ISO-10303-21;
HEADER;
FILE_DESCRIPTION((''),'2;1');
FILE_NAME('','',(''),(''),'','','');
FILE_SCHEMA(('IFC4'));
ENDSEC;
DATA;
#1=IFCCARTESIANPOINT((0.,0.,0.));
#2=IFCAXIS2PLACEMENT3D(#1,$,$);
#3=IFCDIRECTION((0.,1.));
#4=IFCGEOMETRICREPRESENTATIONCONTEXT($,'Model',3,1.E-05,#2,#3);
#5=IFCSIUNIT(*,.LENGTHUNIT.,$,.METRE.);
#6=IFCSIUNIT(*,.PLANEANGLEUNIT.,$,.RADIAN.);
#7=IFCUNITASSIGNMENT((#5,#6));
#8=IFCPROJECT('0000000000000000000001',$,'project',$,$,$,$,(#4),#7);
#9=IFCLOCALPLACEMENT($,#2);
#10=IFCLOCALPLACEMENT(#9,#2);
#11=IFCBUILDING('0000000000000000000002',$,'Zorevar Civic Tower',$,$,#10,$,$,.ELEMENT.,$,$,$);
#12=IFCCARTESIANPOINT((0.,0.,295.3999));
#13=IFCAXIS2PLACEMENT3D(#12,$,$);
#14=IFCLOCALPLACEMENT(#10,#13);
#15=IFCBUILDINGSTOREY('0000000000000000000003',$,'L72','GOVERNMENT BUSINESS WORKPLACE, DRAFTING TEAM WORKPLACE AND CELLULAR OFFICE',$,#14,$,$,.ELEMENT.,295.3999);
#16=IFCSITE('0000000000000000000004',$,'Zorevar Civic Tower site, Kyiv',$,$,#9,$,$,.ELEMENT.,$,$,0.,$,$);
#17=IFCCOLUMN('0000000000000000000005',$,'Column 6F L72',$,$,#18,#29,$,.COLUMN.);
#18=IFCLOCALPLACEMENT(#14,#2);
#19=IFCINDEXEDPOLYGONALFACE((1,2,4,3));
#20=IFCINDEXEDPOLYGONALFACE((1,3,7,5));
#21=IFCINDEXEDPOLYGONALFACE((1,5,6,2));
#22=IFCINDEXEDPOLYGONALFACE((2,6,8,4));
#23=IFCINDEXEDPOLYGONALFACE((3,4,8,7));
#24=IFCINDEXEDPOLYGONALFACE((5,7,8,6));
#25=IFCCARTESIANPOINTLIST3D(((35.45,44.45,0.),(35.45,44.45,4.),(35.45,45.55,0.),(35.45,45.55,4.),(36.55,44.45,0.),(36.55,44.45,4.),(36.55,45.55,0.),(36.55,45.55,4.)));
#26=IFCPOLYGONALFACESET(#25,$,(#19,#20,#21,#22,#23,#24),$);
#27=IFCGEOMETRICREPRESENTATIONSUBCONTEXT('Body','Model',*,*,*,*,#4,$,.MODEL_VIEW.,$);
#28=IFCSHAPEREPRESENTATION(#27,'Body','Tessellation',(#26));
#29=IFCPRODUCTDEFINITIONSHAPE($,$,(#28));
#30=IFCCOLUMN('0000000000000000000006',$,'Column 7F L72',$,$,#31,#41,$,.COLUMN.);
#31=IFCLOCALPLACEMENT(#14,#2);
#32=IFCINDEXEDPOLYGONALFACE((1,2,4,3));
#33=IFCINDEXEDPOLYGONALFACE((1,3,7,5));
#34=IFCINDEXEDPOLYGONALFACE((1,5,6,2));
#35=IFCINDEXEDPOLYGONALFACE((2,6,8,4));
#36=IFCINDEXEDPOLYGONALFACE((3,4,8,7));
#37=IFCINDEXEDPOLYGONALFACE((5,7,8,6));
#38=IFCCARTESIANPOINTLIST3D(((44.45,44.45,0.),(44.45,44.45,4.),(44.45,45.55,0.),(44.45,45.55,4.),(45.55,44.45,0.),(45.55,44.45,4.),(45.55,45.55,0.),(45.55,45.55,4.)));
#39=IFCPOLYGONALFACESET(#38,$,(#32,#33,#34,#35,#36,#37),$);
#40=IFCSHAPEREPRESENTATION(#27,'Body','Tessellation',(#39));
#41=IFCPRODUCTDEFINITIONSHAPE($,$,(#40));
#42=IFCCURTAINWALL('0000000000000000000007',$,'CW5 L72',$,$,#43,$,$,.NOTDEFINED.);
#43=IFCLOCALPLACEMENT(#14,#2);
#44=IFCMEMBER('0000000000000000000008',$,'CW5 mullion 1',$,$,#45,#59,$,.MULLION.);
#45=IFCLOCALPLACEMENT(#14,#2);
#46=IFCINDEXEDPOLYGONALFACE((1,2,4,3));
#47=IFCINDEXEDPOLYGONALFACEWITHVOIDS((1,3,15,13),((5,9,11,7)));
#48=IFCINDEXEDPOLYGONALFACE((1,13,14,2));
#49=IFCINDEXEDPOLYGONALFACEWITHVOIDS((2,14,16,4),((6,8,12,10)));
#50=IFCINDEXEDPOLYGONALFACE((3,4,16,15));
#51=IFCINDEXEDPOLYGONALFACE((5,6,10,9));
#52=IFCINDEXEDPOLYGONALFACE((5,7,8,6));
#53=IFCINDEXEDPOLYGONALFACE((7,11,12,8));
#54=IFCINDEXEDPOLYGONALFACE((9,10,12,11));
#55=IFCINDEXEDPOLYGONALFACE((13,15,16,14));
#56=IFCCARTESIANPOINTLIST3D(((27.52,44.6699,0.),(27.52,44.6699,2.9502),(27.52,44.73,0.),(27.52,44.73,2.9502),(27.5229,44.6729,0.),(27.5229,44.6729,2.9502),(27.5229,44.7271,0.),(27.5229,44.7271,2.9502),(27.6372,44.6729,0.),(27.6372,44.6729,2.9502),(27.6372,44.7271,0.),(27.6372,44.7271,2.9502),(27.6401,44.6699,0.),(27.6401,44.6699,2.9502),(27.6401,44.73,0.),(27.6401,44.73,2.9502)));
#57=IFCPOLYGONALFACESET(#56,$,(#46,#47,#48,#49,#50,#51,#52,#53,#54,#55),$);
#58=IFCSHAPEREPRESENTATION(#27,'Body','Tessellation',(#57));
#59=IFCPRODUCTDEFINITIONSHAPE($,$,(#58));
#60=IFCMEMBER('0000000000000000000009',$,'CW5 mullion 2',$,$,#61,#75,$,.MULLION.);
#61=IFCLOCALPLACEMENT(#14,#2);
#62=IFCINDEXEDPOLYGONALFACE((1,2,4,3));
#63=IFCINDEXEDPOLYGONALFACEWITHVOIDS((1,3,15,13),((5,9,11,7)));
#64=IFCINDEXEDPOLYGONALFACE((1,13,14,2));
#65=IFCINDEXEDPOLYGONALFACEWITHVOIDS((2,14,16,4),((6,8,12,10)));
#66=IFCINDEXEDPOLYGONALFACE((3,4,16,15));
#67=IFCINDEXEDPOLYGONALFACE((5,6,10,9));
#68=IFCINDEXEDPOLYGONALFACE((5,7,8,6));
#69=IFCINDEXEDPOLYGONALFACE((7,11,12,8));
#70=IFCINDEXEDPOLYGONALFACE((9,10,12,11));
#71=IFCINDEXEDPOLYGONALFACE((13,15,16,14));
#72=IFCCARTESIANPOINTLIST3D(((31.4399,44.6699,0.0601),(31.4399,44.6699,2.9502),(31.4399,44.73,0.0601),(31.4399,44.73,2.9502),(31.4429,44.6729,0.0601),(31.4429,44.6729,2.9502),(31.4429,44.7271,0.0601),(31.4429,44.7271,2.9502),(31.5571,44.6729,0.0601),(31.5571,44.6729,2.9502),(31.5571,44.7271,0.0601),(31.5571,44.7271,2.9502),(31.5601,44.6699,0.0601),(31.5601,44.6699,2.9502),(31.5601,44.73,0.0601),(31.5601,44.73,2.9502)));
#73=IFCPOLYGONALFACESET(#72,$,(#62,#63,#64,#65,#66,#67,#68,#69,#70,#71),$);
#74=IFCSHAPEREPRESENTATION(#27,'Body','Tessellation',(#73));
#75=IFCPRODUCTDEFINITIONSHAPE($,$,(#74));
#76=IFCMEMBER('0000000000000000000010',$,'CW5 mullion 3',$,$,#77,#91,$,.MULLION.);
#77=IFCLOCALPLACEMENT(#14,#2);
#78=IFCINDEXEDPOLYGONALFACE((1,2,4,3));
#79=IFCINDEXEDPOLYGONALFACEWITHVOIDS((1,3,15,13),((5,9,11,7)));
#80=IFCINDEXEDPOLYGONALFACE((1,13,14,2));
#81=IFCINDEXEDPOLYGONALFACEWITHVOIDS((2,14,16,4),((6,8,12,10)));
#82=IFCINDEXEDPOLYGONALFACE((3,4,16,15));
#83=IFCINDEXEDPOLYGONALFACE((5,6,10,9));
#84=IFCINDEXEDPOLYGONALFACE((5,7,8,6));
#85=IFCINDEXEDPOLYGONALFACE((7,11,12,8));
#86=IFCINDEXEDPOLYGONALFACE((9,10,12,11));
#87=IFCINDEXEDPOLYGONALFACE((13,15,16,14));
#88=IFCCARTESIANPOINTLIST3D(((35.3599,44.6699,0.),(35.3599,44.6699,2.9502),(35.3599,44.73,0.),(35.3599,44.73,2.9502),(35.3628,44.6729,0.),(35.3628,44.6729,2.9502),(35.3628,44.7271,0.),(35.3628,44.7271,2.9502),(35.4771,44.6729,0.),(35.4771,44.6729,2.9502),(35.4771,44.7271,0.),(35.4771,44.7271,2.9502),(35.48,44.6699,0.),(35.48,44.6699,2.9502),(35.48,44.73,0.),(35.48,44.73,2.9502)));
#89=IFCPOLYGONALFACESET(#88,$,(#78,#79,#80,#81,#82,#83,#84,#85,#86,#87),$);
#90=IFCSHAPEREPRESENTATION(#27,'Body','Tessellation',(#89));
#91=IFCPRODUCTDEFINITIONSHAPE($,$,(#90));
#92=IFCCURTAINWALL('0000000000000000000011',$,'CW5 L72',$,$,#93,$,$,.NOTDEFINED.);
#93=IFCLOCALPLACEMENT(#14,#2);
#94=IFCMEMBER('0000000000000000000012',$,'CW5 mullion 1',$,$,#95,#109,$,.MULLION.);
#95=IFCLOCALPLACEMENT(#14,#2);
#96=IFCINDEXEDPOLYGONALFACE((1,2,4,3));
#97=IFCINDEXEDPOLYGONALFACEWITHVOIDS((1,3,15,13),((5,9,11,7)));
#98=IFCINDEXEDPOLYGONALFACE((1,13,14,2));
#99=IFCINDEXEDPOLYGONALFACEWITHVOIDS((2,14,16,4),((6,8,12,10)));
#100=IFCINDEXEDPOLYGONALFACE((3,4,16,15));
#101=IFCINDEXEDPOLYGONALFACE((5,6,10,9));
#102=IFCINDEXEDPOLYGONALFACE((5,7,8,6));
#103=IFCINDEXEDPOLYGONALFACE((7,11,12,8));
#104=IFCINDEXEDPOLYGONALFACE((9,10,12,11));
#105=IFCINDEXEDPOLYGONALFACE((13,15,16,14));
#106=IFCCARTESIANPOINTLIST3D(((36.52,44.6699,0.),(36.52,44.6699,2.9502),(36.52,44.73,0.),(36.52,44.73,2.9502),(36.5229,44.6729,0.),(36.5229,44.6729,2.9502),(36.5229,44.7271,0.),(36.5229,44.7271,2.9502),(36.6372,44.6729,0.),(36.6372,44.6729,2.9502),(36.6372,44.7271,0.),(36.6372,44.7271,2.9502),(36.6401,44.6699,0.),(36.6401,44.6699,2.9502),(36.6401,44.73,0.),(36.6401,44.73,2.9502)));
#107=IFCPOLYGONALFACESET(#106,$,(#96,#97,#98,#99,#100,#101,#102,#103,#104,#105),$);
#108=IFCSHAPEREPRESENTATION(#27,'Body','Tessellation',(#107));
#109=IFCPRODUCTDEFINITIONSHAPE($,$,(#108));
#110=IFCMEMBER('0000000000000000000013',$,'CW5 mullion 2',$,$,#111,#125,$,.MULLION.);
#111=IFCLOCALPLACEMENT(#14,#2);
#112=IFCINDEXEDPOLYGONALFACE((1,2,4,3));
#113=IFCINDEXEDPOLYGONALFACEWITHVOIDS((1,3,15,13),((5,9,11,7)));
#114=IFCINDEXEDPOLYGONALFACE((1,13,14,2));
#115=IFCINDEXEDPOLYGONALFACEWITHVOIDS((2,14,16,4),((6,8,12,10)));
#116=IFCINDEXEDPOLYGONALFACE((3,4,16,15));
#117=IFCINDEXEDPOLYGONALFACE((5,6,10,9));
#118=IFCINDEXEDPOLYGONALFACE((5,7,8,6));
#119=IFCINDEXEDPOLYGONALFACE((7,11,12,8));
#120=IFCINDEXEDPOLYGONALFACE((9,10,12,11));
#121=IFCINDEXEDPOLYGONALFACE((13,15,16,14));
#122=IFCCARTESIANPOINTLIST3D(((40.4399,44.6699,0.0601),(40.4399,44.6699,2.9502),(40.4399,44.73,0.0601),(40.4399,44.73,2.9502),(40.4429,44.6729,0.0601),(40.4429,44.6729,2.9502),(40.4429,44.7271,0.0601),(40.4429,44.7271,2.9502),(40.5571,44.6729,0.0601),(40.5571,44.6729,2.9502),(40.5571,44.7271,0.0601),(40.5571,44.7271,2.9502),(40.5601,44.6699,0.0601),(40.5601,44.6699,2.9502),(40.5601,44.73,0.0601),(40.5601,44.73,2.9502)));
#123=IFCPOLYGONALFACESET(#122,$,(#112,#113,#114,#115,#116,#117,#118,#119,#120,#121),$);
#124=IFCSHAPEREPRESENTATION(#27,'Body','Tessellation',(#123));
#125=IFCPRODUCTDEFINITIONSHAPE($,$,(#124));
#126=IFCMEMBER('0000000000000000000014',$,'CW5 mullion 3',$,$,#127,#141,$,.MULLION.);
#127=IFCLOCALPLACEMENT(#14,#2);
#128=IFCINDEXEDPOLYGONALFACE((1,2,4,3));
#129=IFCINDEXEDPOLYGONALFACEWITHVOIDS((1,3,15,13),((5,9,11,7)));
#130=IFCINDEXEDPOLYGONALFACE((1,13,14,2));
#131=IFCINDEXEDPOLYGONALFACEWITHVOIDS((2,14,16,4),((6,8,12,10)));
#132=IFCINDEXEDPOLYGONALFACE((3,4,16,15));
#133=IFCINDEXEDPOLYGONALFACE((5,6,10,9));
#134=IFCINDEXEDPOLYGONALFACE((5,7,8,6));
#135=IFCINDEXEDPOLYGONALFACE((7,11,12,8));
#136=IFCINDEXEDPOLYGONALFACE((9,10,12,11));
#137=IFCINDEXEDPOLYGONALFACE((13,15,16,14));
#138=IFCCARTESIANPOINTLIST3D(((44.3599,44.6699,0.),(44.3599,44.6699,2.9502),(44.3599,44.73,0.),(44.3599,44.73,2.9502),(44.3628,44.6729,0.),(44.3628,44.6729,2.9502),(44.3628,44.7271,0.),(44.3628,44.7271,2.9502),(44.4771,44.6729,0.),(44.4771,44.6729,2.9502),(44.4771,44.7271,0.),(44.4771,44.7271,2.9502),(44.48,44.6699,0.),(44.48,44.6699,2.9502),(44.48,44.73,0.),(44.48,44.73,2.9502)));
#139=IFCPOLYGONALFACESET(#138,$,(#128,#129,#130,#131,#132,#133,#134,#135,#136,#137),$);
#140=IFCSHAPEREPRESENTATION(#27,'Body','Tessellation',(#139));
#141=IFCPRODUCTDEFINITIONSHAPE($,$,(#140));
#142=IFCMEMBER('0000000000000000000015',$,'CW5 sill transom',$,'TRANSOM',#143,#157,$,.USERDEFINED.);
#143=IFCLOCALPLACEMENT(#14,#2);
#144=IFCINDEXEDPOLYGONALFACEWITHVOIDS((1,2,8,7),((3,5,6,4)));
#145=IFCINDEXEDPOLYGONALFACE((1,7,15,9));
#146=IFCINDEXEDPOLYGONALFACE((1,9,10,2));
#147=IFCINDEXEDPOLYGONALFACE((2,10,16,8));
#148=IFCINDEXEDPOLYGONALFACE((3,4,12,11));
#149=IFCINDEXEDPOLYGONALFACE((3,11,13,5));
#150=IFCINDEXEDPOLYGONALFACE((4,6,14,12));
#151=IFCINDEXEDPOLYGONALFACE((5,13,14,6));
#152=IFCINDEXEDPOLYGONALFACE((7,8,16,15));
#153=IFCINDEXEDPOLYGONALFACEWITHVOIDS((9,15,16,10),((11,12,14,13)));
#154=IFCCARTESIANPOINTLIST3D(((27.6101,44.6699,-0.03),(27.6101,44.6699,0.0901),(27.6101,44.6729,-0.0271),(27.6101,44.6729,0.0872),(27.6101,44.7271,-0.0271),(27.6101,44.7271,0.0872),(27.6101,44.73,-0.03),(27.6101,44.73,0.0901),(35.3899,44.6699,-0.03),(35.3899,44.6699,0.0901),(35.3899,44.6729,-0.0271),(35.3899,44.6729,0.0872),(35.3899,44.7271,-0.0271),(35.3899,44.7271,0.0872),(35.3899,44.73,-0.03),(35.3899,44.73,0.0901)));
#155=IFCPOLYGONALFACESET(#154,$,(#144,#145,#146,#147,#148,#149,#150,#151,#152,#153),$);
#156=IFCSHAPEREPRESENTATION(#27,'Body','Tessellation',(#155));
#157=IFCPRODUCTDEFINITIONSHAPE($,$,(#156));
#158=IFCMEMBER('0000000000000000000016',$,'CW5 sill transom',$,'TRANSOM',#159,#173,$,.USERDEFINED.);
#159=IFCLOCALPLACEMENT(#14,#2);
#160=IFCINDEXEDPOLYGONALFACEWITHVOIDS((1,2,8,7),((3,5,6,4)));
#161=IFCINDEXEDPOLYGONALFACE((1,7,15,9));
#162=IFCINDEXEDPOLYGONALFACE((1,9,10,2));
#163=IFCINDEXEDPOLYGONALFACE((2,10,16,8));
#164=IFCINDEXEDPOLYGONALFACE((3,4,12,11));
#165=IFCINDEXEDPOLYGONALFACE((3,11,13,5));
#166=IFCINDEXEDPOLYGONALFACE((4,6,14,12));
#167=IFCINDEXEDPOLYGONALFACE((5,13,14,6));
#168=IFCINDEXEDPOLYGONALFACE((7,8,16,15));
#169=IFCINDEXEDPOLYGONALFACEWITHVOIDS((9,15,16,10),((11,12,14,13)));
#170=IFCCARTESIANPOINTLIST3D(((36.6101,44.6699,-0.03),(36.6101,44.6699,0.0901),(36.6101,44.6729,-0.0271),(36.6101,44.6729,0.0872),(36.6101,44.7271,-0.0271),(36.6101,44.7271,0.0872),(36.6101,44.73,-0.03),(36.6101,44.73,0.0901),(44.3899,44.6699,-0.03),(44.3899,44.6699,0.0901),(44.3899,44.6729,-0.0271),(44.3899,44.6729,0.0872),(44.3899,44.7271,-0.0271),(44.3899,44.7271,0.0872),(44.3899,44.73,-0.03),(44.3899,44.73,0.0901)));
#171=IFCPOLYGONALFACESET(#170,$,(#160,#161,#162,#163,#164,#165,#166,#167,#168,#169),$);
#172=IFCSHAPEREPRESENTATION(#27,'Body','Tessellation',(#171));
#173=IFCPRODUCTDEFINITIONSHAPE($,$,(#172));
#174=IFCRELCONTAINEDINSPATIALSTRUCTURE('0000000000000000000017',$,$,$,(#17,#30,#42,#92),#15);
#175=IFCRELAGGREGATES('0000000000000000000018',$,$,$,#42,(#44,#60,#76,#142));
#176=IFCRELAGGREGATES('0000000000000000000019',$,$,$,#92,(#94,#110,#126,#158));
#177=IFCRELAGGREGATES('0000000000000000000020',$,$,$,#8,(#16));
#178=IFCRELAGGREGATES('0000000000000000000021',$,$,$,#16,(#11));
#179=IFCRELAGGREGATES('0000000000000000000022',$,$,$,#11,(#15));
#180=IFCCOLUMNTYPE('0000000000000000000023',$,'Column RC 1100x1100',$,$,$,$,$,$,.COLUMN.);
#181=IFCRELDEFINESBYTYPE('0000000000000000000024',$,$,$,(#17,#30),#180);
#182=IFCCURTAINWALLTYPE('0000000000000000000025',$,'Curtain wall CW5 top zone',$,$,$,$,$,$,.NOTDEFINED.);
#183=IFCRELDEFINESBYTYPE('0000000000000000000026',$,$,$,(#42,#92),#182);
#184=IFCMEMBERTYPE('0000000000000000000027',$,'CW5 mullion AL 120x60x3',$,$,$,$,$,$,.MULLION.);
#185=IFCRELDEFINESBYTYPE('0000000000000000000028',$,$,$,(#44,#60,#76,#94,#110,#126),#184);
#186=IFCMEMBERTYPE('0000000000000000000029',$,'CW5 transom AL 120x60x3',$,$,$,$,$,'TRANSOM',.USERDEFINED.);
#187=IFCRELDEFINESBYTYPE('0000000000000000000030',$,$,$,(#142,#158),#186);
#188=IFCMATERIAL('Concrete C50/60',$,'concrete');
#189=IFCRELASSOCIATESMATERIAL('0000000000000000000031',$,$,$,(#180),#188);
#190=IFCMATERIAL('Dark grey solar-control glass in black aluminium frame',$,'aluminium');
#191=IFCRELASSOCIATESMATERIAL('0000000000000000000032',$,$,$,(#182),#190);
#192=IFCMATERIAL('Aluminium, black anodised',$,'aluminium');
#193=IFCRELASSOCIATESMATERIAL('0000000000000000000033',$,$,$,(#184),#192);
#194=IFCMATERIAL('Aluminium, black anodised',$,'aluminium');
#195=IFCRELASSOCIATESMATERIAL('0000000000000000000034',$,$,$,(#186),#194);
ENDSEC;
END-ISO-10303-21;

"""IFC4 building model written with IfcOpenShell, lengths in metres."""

from ifc_helpers import new_model, si_unit, direction, frame, origin, origin_2d, place, context, subcontext, project, spatial, rectangle, hollow_rectangle, extrude, material, material_profile, profile_set, type_object, element, aggregate, save


model = new_model("IFC4")

# Units and contexts
model_context = context("Model", 3, precision=1e-05, world=origin(), true_north=direction((0.0, 1.0)))
body_context = subcontext(model_context, "Body", "Model", "MODEL_VIEW")
ifc_project = project(units=[si_unit("LENGTHUNIT", "METRE"), si_unit("PLANEANGLEUNIT", "RADIAN")], contexts=[model_context])

# Site, building, storey
site_placement = place(None, origin())
site = spatial("IfcSite", under=ifc_project, at=site_placement, Name="Zorevar Civic Tower site, Kyiv", CompositionType="ELEMENT", RefElevation=0.0)
building_placement = place(site_placement, origin())
building = spatial("IfcBuilding", under=site, at=building_placement, Name="Zorevar Civic Tower", CompositionType="ELEMENT")
storey_placement = place(building_placement, frame((0.0, 0.0, 295.3999)))
storey = spatial("IfcBuildingStorey", under=building, at=storey_placement, Name="L72", Description="GOVERNMENT BUSINESS WORKPLACE, DRAFTING TEAM WORKPLACE AND CELLULAR OFFICE", CompositionType="ELEMENT", Elevation=295.3999)

# Columns
ifc_material_1 = material(Name="Concrete C50/60", Category="concrete")
ifc_material_profile_1 = material_profile(ifc_material_1, rectangle(XDim=1.1001, YDim=1.1001, at=origin_2d()), Name="RC 1100x1100")
ifc_profile_set_1 = profile_set([ifc_material_profile_1], Name="Concrete C50/60")
column_type = type_object("IfcColumnType", Name="Column RC 1100x1100", PredefinedType="COLUMN", material=ifc_profile_set_1)
for number, where, z_axis, x_axis, name in (
    (1, (36.0, 45.0, 0.0), (0.0, 0.0, 1.0), (1.0, 0.0, 0.0), "Column 6F L72"),
    (2, (45.0, 45.0, 0.0), (0.0, 0.0, 1.0), (1.0, 0.0, 0.0), "Column 7F L72"),
):
    element("IfcColumn", number, at=place(storey_placement, frame(where, z_axis=z_axis, x_axis=x_axis)), inside=storey, type_object=column_type, Name=name, PredefinedType="COLUMN", context=body_context, shape_type="SweptSolid", body=[
        extrude(rectangle(XDim=1.1001, YDim=1.1001, at=origin_2d()), origin(), (0.0, 0.0, 1.0), 4.0),
    ])

# Curtain walls, members
ifc_material_2 = material(Name="Dark grey solar-control glass in black aluminium frame", Category="aluminium")
curtain_wall_type = type_object("IfcCurtainWallType", Name="Curtain wall CW5 top zone", PredefinedType="NOTDEFINED", material=ifc_material_2)
curtain_wall_1_placement = place(storey_placement, origin())
curtain_wall_1 = element("IfcCurtainWall", 3, at=curtain_wall_1_placement, inside=storey, type_object=curtain_wall_type, Name="CW5 L72", PredefinedType="NOTDEFINED")
ifc_material_3 = material(Name="Aluminium, black anodised", Category="aluminium")
ifc_material_profile_2 = material_profile(ifc_material_3, hollow_rectangle(XDim=0.0601, YDim=0.1201, WallThickness=0.0029, at=origin_2d()), Name="AL 120x60x3")
ifc_profile_set_2 = profile_set([ifc_material_profile_2], Name="Aluminium, black anodised")
member_type_1 = type_object("IfcMemberType", Name="CW5 mullion AL 120x60x3", PredefinedType="MULLION", material=ifc_profile_set_2)
member_1_placement = place(storey_placement, frame((27.5801, 44.7, 0.0), z_axis=(0.0, 0.0, 1.0), x_axis=(0.0, 1.0, 0.0)))
member_1 = element("IfcMember", 4, at=member_1_placement, type_object=member_type_1, Name="CW5 mullion 1", PredefinedType="MULLION", context=body_context, shape_type="SweptSolid", body=[
    extrude(hollow_rectangle(XDim=0.0601, YDim=0.1201, WallThickness=0.0029, at=origin_2d()), origin(), (0.0, 0.0, 1.0), 2.9502),
])
member_2_placement = place(storey_placement, frame((31.5, 44.7, 0.0601), z_axis=(0.0, 0.0, 1.0), x_axis=(0.0, 1.0, 0.0)))
member_2 = element("IfcMember", 5, at=member_2_placement, type_object=member_type_1, Name="CW5 mullion 2", PredefinedType="MULLION", context=body_context, shape_type="SweptSolid", body=[
    extrude(hollow_rectangle(XDim=0.0601, YDim=0.1201, WallThickness=0.0029, at=origin_2d()), origin(), (0.0, 0.0, 1.0), 2.8901),
])
member_3_placement = place(storey_placement, frame((35.4199, 44.7, 0.0), z_axis=(0.0, 0.0, 1.0), x_axis=(0.0, 1.0, 0.0)))
member_3 = element("IfcMember", 6, at=member_3_placement, type_object=member_type_1, Name="CW5 mullion 3", PredefinedType="MULLION", context=body_context, shape_type="SweptSolid", body=[
    extrude(hollow_rectangle(XDim=0.0601, YDim=0.1201, WallThickness=0.0029, at=origin_2d()), origin(), (0.0, 0.0, 1.0), 2.9502),
])
curtain_wall_2_placement = place(storey_placement, origin())
curtain_wall_2 = element("IfcCurtainWall", 7, at=curtain_wall_2_placement, inside=storey, type_object=curtain_wall_type, Name="CW5 L72", PredefinedType="NOTDEFINED")
member_4_placement = place(storey_placement, frame((36.5801, 44.7, 0.0), z_axis=(0.0, 0.0, 1.0), x_axis=(0.0, 1.0, 0.0)))
member_4 = element("IfcMember", 8, at=member_4_placement, type_object=member_type_1, Name="CW5 mullion 1", PredefinedType="MULLION", context=body_context, shape_type="SweptSolid", body=[
    extrude(hollow_rectangle(XDim=0.0601, YDim=0.1201, WallThickness=0.0029, at=origin_2d()), origin(), (0.0, 0.0, 1.0), 2.9502),
])
member_5_placement = place(storey_placement, frame((40.5, 44.7, 0.0601), z_axis=(0.0, 0.0, 1.0), x_axis=(0.0, 1.0, 0.0)))
member_5 = element("IfcMember", 9, at=member_5_placement, type_object=member_type_1, Name="CW5 mullion 2", PredefinedType="MULLION", context=body_context, shape_type="SweptSolid", body=[
    extrude(hollow_rectangle(XDim=0.0601, YDim=0.1201, WallThickness=0.0029, at=origin_2d()), origin(), (0.0, 0.0, 1.0), 2.8901),
])
member_6_placement = place(storey_placement, frame((44.4199, 44.7, 0.0), z_axis=(0.0, 0.0, 1.0), x_axis=(0.0, 1.0, 0.0)))
member_6 = element("IfcMember", 10, at=member_6_placement, type_object=member_type_1, Name="CW5 mullion 3", PredefinedType="MULLION", context=body_context, shape_type="SweptSolid", body=[
    extrude(hollow_rectangle(XDim=0.0601, YDim=0.1201, WallThickness=0.0029, at=origin_2d()), origin(), (0.0, 0.0, 1.0), 2.9502),
])

# Members
ifc_material_4 = material(Name="Aluminium, black anodised", Category="aluminium")
ifc_material_profile_3 = material_profile(ifc_material_4, hollow_rectangle(XDim=0.0601, YDim=0.1201, WallThickness=0.0029, at=origin_2d()), Name="AL 120x60x3")
ifc_profile_set_3 = profile_set([ifc_material_profile_3], Name="Aluminium, black anodised")
member_type_2 = type_object("IfcMemberType", Name="CW5 transom AL 120x60x3", ElementType="TRANSOM", PredefinedType="USERDEFINED", material=ifc_profile_set_3)
member_7_placement = place(storey_placement, frame((27.6101, 44.7, 0.03), z_axis=(1.0, 0.0, 0.0), x_axis=(0.0, 1.0, 0.0)))
member_7 = element("IfcMember", 11, at=member_7_placement, type_object=member_type_2, Name="CW5 sill transom", ObjectType="TRANSOM", PredefinedType="USERDEFINED", context=body_context, shape_type="SweptSolid", body=[
    extrude(hollow_rectangle(XDim=0.0601, YDim=0.1201, WallThickness=0.0029, at=origin_2d()), origin(), (0.0, 0.0, 1.0), 7.7798),
])
member_8_placement = place(storey_placement, frame((36.6101, 44.7, 0.03), z_axis=(1.0, 0.0, 0.0), x_axis=(0.0, 1.0, 0.0)))
member_8 = element("IfcMember", 12, at=member_8_placement, type_object=member_type_2, Name="CW5 sill transom", ObjectType="TRANSOM", PredefinedType="USERDEFINED", context=body_context, shape_type="SweptSolid", body=[
    extrude(hollow_rectangle(XDim=0.0601, YDim=0.1201, WallThickness=0.0029, at=origin_2d()), origin(), (0.0, 0.0, 1.0), 7.7798),
])

aggregate(curtain_wall_1, [member_1, member_2, member_3, member_7])
aggregate(curtain_wall_2, [member_4, member_5, member_6, member_8])

save(model, "model.ifc")
